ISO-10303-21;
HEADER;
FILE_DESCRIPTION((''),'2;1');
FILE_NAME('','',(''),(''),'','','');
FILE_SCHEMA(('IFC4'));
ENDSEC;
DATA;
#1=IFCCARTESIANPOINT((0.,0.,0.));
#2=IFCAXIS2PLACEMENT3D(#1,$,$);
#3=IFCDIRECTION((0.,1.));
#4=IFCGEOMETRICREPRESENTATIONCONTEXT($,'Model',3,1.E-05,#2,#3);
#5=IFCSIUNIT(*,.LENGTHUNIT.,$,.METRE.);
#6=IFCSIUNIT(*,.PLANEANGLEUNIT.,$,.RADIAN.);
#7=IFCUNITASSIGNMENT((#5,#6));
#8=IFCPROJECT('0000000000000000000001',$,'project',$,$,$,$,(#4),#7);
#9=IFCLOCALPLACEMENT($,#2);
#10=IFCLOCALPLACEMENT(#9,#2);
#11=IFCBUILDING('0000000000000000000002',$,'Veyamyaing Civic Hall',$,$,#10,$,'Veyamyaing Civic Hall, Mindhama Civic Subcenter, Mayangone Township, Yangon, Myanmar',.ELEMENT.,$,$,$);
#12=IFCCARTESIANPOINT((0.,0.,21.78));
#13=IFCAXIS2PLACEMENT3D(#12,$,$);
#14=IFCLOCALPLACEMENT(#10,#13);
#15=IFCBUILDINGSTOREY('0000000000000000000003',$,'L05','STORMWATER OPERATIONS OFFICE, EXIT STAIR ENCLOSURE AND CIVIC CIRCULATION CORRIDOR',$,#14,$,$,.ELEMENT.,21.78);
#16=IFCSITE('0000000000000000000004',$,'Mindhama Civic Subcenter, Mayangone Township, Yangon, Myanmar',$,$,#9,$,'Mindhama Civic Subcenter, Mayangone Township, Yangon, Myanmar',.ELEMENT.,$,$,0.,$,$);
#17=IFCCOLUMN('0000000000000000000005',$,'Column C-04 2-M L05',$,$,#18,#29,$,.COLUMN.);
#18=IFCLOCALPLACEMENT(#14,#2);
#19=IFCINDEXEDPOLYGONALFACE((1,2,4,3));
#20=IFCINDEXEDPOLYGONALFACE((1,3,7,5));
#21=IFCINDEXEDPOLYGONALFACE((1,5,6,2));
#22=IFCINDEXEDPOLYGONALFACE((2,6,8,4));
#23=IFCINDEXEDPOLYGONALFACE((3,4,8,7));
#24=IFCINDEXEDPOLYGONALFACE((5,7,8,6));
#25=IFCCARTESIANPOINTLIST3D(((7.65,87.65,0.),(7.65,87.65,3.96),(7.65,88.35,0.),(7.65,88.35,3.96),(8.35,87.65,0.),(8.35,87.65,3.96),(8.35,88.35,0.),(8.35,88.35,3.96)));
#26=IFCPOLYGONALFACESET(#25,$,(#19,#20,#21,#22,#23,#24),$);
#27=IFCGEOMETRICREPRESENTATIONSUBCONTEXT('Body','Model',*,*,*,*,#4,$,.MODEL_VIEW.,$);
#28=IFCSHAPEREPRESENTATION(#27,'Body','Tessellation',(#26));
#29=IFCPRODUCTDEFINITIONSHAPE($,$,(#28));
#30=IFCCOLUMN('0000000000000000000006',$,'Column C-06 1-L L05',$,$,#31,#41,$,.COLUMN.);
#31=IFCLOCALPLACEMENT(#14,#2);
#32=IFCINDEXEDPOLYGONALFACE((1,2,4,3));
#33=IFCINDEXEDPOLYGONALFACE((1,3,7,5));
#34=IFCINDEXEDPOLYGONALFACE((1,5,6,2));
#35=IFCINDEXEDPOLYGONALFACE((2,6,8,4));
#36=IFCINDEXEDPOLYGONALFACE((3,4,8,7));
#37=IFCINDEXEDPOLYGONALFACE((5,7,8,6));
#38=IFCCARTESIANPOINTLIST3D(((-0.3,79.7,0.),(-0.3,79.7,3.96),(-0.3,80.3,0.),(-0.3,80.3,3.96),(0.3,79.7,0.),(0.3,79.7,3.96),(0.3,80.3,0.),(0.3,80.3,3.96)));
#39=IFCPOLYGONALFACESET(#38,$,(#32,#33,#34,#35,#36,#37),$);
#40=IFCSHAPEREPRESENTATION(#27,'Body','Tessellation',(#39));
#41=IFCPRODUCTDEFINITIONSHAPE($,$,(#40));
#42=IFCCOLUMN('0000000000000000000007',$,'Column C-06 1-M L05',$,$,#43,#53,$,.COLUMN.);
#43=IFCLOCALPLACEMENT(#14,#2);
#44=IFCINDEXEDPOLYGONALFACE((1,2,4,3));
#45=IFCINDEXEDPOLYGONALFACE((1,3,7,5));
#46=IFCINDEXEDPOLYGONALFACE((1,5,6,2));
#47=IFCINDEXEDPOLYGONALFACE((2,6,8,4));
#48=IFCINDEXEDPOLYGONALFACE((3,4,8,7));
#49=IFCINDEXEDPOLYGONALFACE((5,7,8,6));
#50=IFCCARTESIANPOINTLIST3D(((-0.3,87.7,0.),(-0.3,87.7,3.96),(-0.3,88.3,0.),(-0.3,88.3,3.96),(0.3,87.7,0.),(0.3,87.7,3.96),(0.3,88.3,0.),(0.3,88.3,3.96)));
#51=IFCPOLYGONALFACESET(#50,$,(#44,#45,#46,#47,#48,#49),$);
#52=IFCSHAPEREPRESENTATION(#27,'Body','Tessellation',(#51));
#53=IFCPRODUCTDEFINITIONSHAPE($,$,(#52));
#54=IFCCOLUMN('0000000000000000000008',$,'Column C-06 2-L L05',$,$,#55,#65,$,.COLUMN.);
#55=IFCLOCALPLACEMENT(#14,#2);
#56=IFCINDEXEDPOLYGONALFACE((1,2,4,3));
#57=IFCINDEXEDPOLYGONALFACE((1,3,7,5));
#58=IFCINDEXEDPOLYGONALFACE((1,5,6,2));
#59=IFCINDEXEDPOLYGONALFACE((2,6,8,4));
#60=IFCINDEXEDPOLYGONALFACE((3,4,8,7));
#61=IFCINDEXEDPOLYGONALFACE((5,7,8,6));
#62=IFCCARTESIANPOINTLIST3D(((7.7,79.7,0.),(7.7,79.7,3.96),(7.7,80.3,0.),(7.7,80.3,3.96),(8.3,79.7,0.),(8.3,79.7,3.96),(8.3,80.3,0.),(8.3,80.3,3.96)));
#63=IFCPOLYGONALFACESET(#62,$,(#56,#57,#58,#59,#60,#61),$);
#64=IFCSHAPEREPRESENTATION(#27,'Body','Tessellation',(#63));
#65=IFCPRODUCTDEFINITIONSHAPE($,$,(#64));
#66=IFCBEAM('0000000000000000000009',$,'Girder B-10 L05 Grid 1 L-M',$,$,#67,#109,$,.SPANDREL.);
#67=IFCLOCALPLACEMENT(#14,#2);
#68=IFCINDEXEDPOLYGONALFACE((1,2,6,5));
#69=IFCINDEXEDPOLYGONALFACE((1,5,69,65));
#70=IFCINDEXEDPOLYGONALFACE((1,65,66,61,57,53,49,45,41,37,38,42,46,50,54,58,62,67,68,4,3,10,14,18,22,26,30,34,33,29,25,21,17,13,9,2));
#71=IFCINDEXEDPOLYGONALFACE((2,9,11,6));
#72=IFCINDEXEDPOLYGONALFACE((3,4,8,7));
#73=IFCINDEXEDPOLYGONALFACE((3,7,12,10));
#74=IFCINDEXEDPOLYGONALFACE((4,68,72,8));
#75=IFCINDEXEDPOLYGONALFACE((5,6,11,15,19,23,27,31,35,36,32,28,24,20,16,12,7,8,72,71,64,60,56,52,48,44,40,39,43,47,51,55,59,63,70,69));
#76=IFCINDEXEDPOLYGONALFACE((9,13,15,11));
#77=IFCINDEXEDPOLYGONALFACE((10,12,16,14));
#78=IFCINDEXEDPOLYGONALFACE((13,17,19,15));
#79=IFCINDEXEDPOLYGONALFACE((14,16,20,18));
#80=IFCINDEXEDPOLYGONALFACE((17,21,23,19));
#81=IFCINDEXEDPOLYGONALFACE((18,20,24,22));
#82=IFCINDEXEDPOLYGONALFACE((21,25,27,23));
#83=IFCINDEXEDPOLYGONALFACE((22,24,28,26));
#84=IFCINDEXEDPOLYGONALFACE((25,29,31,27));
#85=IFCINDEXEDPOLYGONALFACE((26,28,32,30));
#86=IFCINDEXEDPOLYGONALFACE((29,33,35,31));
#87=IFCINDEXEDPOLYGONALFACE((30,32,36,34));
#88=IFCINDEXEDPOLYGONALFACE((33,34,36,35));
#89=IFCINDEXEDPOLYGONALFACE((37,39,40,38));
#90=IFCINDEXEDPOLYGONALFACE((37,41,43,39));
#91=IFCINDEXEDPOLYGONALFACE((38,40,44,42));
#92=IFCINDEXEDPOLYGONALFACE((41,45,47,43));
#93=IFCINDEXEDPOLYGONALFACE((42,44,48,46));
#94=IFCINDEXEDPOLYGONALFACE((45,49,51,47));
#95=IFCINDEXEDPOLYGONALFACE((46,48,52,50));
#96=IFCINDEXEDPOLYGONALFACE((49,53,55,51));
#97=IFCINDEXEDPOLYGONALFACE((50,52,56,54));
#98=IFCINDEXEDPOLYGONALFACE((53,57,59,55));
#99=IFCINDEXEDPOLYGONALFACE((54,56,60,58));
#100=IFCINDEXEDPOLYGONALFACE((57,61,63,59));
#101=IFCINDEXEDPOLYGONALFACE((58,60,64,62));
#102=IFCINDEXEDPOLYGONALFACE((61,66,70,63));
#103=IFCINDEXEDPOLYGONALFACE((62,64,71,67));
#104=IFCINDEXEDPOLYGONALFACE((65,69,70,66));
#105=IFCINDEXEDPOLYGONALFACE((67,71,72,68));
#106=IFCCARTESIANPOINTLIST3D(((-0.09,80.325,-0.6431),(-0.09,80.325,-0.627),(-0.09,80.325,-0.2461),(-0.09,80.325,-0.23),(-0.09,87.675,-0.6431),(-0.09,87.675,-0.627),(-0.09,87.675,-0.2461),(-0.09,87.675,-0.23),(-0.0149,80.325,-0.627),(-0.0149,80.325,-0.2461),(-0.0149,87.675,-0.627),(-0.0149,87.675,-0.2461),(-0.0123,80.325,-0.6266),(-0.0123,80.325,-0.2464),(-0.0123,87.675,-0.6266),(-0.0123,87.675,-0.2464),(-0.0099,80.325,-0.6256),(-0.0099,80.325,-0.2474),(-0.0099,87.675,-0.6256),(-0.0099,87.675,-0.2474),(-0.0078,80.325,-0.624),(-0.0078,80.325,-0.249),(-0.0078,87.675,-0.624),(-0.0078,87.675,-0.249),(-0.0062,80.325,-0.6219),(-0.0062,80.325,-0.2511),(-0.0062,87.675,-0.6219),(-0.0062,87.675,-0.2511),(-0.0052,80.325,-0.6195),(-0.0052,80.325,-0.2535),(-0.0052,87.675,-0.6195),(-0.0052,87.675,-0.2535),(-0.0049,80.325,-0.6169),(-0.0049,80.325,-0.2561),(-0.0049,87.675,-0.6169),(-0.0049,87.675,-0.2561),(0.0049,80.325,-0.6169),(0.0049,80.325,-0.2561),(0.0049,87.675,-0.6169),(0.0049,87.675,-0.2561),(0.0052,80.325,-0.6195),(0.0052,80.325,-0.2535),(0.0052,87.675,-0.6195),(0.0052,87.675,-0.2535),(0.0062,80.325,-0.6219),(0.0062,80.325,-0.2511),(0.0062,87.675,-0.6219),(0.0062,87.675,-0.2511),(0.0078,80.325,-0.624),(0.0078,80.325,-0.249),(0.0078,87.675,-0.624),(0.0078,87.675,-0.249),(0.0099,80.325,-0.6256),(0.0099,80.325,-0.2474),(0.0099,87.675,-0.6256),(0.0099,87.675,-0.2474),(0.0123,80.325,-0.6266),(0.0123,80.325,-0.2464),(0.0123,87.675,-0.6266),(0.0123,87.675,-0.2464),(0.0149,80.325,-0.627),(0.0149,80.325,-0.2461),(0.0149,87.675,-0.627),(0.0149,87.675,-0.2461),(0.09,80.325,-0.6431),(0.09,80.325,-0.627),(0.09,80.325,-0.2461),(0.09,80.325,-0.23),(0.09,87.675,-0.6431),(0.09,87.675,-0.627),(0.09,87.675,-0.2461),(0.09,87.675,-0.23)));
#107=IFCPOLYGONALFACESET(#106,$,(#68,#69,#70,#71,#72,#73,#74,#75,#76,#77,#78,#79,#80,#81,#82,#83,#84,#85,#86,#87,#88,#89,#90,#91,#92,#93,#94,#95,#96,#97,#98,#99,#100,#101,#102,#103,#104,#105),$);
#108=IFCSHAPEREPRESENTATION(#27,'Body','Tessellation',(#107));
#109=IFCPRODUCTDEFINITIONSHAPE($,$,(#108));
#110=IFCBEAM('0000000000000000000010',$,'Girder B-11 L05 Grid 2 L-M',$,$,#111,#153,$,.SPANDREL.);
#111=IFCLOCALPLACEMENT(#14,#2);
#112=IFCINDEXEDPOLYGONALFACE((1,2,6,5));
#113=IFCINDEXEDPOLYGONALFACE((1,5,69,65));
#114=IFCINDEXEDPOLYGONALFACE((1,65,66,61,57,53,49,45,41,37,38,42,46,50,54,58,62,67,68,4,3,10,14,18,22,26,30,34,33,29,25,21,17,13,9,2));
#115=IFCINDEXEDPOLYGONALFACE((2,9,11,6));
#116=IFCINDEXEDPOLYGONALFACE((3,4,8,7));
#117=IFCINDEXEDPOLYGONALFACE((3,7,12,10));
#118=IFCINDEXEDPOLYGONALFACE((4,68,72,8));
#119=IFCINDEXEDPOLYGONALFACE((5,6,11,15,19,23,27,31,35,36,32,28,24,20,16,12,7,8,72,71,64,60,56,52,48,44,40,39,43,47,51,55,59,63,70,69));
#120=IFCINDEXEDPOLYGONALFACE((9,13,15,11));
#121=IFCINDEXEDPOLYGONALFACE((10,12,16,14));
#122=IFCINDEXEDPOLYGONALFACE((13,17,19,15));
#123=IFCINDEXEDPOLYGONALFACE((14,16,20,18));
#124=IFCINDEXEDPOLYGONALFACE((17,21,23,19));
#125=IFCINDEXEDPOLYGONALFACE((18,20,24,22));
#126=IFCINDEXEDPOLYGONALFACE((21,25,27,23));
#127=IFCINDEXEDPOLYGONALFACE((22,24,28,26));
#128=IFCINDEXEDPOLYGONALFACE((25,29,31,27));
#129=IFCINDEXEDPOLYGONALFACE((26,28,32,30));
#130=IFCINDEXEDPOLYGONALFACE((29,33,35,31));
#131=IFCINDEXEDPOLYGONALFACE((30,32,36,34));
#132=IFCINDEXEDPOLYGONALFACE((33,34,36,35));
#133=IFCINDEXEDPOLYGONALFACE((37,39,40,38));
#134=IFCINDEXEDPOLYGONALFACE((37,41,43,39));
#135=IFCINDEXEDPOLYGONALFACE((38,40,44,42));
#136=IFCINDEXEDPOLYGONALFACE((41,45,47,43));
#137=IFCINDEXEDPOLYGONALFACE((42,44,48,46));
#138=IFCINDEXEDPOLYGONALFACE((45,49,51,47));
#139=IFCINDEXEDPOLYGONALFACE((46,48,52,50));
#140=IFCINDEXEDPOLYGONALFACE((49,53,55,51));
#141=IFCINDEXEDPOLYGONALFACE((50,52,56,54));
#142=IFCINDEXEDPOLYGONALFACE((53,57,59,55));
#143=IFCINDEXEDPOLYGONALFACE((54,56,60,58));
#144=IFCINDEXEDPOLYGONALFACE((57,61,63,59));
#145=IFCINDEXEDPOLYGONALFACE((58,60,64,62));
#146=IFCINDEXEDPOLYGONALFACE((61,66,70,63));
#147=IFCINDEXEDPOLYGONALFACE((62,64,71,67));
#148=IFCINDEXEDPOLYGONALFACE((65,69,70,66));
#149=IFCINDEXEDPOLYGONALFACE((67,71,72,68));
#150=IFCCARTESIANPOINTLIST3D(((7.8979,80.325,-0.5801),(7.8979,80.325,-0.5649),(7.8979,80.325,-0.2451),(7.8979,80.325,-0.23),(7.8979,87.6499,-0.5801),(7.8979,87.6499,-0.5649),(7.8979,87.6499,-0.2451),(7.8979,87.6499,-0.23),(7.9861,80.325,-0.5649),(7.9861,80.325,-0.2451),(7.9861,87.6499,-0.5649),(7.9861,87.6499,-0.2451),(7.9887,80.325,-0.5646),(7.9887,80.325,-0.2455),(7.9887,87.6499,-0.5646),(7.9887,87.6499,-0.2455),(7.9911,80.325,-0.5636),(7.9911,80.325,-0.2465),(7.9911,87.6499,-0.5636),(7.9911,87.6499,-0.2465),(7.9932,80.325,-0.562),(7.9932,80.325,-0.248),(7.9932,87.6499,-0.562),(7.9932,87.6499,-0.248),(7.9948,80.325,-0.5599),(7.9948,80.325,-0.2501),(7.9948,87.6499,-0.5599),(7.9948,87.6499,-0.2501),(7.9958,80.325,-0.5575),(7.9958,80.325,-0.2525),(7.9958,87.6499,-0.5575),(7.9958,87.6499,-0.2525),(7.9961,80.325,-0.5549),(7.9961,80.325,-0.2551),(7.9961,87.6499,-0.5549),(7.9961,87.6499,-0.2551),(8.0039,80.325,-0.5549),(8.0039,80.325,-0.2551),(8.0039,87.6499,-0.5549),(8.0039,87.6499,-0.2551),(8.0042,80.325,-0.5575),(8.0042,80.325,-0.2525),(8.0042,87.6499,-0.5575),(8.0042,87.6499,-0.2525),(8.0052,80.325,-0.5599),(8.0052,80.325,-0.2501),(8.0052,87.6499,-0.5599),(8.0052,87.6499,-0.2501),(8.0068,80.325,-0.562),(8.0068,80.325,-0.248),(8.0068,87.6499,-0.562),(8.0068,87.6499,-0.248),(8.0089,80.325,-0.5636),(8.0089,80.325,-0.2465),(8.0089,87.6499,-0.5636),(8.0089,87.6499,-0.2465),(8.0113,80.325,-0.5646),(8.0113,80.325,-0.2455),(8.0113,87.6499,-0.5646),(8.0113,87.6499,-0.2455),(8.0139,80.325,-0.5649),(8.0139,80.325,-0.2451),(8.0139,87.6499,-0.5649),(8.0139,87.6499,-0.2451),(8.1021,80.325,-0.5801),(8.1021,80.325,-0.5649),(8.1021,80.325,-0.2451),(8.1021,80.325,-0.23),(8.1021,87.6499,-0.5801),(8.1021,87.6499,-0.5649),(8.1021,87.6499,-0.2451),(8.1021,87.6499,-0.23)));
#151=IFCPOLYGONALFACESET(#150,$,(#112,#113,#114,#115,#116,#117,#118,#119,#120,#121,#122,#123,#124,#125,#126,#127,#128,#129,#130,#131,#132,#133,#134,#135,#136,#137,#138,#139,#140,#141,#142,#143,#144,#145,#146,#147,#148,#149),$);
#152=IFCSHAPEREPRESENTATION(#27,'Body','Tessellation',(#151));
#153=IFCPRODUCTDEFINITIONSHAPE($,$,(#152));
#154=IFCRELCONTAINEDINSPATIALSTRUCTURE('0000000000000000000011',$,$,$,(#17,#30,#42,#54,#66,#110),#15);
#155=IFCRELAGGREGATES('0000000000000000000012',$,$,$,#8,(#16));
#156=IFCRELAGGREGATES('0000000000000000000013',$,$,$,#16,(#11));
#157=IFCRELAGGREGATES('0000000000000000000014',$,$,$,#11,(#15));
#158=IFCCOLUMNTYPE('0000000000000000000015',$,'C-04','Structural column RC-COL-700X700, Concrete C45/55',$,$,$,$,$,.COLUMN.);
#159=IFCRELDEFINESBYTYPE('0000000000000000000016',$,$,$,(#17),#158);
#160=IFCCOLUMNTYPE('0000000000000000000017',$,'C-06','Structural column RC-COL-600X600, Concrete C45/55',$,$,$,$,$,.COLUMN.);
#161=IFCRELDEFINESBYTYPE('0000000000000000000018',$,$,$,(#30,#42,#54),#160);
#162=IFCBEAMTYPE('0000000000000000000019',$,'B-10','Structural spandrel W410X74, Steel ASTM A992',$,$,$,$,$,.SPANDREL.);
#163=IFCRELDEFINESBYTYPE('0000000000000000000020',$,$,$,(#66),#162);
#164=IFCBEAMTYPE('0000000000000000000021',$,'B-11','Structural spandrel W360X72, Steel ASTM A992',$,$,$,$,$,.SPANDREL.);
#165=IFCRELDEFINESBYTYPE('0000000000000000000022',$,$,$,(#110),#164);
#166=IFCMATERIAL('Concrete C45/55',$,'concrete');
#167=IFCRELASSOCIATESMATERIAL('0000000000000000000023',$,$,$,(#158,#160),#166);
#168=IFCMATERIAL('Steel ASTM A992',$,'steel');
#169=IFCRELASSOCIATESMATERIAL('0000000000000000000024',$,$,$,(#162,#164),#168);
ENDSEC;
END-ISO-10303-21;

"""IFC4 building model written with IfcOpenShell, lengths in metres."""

from ifc_helpers import new_model, si_unit, direction, frame, origin, origin_2d, place, context, subcontext, project, spatial, rectangle, i_section, extrude, material, material_profile, profile_set, type_object, element, save


model = new_model("IFC4")

# Units and contexts
model_context = context("Model", 3, precision=1e-05, world=origin(), true_north=direction((0.0, 1.0)))
body_context = subcontext(model_context, "Body", "Model", "MODEL_VIEW")
ifc_project = project(units=[si_unit("LENGTHUNIT", "METRE"), si_unit("PLANEANGLEUNIT", "RADIAN")], contexts=[model_context])

# Site, building, storey
site_placement = place(None, origin())
site = spatial("IfcSite", under=ifc_project, at=site_placement, Name="Mindhama Civic Subcenter, Mayangone Township, Yangon, Myanmar", LongName="Mindhama Civic Subcenter, Mayangone Township, Yangon, Myanmar", CompositionType="ELEMENT", RefElevation=0.0)
building_placement = place(site_placement, origin())
building = spatial("IfcBuilding", under=site, at=building_placement, Name="Veyamyaing Civic Hall", LongName="Veyamyaing Civic Hall, Mindhama Civic Subcenter, Mayangone Township, Yangon, Myanmar", CompositionType="ELEMENT")
storey_placement = place(building_placement, frame((0.0, 0.0, 21.78)))
storey = spatial("IfcBuildingStorey", under=building, at=storey_placement, Name="L05", Description="STORMWATER OPERATIONS OFFICE, EXIT STAIR ENCLOSURE AND CIVIC CIRCULATION CORRIDOR", CompositionType="ELEMENT", Elevation=21.78)

# Columns
ifc_material_1 = material(Name="Concrete C45/55", Category="concrete")
ifc_material_profile_1 = material_profile(ifc_material_1, rectangle(XDim=0.7, YDim=0.7, at=origin_2d()), Name="RC-COL-700X700")
ifc_profile_set_1 = profile_set([ifc_material_profile_1], Name="Concrete C45/55")
column_type_1 = type_object("IfcColumnType", Name="C-04", Description="Structural column RC-COL-700X700, Concrete C45/55", PredefinedType="COLUMN", material=ifc_profile_set_1)
column_placement = place(storey_placement, frame((8.0, 88.0, 0.0), z_axis=(0.0, 0.0, 1.0), x_axis=(1.0, 0.0, 0.0)))
element("IfcColumn", 1, at=column_placement, inside=storey, type_object=column_type_1, Name="Column C-04 2-M L05", PredefinedType="COLUMN", context=body_context, shape_type="SweptSolid", body=[
    extrude(rectangle(XDim=0.7, YDim=0.7, at=origin_2d()), origin(), (0.0, 0.0, 1.0), 3.96),
])
ifc_material_profile_2 = material_profile(ifc_material_1, rectangle(XDim=0.6001, YDim=0.6001, at=origin_2d()), Name="RC-COL-600X600")
ifc_profile_set_2 = profile_set([ifc_material_profile_2], Name="Concrete C45/55")
column_type_2 = type_object("IfcColumnType", Name="C-06", Description="Structural column RC-COL-600X600, Concrete C45/55", PredefinedType="COLUMN", material=ifc_profile_set_2)
for number, where, z_axis, x_axis, name in (
    (2, (0.0, 80.0, 0.0), (0.0, 0.0, 1.0), (1.0, 0.0, 0.0), "Column C-06 1-L L05"),
    (3, (0.0, 88.0, 0.0), (0.0, 0.0, 1.0), (1.0, 0.0, 0.0), "Column C-06 1-M L05"),
    (4, (8.0, 80.0, 0.0), (0.0, 0.0, 1.0), (1.0, 0.0, 0.0), "Column C-06 2-L L05"),
):
    element("IfcColumn", number, at=place(storey_placement, frame(where, z_axis=z_axis, x_axis=x_axis)), inside=storey, type_object=column_type_2, Name=name, PredefinedType="COLUMN", context=body_context, shape_type="SweptSolid", body=[
        extrude(rectangle(XDim=0.6001, YDim=0.6001, at=origin_2d()), origin(), (0.0, 0.0, 1.0), 3.96),
    ])

# Beams
ifc_material_2 = material(Name="Steel ASTM A992", Category="steel")
ifc_material_profile_3 = material_profile(ifc_material_2, i_section(OverallWidth=0.1799, OverallDepth=0.4131, WebThickness=0.0098, FlangeThickness=0.0161, FilletRadius=0.01, at=origin_2d()), Name="W410X74")
ifc_profile_set_3 = profile_set([ifc_material_profile_3], Name="Steel ASTM A992")
beam_type_1 = type_object("IfcBeamType", Name="B-10", Description="Structural spandrel W410X74, Steel ASTM A992", PredefinedType="SPANDREL", material=ifc_profile_set_3)
beam_1_placement = place(storey_placement, frame((0.0, 80.325, -0.4365), z_axis=(0.0, 1.0, 0.0), x_axis=(-1.0, 0.0, 0.0)))
element("IfcBeam", 5, at=beam_1_placement, inside=storey, type_object=beam_type_1, Name="Girder B-10 L05 Grid 1 L-M", PredefinedType="SPANDREL", context=body_context, shape_type="SweptSolid", body=[
    extrude(i_section(OverallWidth=0.1799, OverallDepth=0.4131, WebThickness=0.0098, FlangeThickness=0.0161, FilletRadius=0.01, at=origin_2d()), origin(), (0.0, 0.0, 1.0), 7.3501),
])
ifc_material_profile_4 = material_profile(ifc_material_2, i_section(OverallWidth=0.2041, OverallDepth=0.3501, WebThickness=0.0078, FlangeThickness=0.0151, FilletRadius=0.01, at=origin_2d()), Name="W360X72")
ifc_profile_set_4 = profile_set([ifc_material_profile_4], Name="Steel ASTM A992")
beam_type_2 = type_object("IfcBeamType", Name="B-11", Description="Structural spandrel W360X72, Steel ASTM A992", PredefinedType="SPANDREL", material=ifc_profile_set_4)
beam_2_placement = place(storey_placement, frame((8.0, 80.325, -0.405), z_axis=(0.0, 1.0, 0.0), x_axis=(-1.0, 0.0, 0.0)))
element("IfcBeam", 6, at=beam_2_placement, inside=storey, type_object=beam_type_2, Name="Girder B-11 L05 Grid 2 L-M", PredefinedType="SPANDREL", context=body_context, shape_type="SweptSolid", body=[
    extrude(i_section(OverallWidth=0.2041, OverallDepth=0.3501, WebThickness=0.0078, FlangeThickness=0.0151, FilletRadius=0.01, at=origin_2d()), origin(), (0.0, 0.0, 1.0), 7.325),
])

save(model, "model.ifc")
